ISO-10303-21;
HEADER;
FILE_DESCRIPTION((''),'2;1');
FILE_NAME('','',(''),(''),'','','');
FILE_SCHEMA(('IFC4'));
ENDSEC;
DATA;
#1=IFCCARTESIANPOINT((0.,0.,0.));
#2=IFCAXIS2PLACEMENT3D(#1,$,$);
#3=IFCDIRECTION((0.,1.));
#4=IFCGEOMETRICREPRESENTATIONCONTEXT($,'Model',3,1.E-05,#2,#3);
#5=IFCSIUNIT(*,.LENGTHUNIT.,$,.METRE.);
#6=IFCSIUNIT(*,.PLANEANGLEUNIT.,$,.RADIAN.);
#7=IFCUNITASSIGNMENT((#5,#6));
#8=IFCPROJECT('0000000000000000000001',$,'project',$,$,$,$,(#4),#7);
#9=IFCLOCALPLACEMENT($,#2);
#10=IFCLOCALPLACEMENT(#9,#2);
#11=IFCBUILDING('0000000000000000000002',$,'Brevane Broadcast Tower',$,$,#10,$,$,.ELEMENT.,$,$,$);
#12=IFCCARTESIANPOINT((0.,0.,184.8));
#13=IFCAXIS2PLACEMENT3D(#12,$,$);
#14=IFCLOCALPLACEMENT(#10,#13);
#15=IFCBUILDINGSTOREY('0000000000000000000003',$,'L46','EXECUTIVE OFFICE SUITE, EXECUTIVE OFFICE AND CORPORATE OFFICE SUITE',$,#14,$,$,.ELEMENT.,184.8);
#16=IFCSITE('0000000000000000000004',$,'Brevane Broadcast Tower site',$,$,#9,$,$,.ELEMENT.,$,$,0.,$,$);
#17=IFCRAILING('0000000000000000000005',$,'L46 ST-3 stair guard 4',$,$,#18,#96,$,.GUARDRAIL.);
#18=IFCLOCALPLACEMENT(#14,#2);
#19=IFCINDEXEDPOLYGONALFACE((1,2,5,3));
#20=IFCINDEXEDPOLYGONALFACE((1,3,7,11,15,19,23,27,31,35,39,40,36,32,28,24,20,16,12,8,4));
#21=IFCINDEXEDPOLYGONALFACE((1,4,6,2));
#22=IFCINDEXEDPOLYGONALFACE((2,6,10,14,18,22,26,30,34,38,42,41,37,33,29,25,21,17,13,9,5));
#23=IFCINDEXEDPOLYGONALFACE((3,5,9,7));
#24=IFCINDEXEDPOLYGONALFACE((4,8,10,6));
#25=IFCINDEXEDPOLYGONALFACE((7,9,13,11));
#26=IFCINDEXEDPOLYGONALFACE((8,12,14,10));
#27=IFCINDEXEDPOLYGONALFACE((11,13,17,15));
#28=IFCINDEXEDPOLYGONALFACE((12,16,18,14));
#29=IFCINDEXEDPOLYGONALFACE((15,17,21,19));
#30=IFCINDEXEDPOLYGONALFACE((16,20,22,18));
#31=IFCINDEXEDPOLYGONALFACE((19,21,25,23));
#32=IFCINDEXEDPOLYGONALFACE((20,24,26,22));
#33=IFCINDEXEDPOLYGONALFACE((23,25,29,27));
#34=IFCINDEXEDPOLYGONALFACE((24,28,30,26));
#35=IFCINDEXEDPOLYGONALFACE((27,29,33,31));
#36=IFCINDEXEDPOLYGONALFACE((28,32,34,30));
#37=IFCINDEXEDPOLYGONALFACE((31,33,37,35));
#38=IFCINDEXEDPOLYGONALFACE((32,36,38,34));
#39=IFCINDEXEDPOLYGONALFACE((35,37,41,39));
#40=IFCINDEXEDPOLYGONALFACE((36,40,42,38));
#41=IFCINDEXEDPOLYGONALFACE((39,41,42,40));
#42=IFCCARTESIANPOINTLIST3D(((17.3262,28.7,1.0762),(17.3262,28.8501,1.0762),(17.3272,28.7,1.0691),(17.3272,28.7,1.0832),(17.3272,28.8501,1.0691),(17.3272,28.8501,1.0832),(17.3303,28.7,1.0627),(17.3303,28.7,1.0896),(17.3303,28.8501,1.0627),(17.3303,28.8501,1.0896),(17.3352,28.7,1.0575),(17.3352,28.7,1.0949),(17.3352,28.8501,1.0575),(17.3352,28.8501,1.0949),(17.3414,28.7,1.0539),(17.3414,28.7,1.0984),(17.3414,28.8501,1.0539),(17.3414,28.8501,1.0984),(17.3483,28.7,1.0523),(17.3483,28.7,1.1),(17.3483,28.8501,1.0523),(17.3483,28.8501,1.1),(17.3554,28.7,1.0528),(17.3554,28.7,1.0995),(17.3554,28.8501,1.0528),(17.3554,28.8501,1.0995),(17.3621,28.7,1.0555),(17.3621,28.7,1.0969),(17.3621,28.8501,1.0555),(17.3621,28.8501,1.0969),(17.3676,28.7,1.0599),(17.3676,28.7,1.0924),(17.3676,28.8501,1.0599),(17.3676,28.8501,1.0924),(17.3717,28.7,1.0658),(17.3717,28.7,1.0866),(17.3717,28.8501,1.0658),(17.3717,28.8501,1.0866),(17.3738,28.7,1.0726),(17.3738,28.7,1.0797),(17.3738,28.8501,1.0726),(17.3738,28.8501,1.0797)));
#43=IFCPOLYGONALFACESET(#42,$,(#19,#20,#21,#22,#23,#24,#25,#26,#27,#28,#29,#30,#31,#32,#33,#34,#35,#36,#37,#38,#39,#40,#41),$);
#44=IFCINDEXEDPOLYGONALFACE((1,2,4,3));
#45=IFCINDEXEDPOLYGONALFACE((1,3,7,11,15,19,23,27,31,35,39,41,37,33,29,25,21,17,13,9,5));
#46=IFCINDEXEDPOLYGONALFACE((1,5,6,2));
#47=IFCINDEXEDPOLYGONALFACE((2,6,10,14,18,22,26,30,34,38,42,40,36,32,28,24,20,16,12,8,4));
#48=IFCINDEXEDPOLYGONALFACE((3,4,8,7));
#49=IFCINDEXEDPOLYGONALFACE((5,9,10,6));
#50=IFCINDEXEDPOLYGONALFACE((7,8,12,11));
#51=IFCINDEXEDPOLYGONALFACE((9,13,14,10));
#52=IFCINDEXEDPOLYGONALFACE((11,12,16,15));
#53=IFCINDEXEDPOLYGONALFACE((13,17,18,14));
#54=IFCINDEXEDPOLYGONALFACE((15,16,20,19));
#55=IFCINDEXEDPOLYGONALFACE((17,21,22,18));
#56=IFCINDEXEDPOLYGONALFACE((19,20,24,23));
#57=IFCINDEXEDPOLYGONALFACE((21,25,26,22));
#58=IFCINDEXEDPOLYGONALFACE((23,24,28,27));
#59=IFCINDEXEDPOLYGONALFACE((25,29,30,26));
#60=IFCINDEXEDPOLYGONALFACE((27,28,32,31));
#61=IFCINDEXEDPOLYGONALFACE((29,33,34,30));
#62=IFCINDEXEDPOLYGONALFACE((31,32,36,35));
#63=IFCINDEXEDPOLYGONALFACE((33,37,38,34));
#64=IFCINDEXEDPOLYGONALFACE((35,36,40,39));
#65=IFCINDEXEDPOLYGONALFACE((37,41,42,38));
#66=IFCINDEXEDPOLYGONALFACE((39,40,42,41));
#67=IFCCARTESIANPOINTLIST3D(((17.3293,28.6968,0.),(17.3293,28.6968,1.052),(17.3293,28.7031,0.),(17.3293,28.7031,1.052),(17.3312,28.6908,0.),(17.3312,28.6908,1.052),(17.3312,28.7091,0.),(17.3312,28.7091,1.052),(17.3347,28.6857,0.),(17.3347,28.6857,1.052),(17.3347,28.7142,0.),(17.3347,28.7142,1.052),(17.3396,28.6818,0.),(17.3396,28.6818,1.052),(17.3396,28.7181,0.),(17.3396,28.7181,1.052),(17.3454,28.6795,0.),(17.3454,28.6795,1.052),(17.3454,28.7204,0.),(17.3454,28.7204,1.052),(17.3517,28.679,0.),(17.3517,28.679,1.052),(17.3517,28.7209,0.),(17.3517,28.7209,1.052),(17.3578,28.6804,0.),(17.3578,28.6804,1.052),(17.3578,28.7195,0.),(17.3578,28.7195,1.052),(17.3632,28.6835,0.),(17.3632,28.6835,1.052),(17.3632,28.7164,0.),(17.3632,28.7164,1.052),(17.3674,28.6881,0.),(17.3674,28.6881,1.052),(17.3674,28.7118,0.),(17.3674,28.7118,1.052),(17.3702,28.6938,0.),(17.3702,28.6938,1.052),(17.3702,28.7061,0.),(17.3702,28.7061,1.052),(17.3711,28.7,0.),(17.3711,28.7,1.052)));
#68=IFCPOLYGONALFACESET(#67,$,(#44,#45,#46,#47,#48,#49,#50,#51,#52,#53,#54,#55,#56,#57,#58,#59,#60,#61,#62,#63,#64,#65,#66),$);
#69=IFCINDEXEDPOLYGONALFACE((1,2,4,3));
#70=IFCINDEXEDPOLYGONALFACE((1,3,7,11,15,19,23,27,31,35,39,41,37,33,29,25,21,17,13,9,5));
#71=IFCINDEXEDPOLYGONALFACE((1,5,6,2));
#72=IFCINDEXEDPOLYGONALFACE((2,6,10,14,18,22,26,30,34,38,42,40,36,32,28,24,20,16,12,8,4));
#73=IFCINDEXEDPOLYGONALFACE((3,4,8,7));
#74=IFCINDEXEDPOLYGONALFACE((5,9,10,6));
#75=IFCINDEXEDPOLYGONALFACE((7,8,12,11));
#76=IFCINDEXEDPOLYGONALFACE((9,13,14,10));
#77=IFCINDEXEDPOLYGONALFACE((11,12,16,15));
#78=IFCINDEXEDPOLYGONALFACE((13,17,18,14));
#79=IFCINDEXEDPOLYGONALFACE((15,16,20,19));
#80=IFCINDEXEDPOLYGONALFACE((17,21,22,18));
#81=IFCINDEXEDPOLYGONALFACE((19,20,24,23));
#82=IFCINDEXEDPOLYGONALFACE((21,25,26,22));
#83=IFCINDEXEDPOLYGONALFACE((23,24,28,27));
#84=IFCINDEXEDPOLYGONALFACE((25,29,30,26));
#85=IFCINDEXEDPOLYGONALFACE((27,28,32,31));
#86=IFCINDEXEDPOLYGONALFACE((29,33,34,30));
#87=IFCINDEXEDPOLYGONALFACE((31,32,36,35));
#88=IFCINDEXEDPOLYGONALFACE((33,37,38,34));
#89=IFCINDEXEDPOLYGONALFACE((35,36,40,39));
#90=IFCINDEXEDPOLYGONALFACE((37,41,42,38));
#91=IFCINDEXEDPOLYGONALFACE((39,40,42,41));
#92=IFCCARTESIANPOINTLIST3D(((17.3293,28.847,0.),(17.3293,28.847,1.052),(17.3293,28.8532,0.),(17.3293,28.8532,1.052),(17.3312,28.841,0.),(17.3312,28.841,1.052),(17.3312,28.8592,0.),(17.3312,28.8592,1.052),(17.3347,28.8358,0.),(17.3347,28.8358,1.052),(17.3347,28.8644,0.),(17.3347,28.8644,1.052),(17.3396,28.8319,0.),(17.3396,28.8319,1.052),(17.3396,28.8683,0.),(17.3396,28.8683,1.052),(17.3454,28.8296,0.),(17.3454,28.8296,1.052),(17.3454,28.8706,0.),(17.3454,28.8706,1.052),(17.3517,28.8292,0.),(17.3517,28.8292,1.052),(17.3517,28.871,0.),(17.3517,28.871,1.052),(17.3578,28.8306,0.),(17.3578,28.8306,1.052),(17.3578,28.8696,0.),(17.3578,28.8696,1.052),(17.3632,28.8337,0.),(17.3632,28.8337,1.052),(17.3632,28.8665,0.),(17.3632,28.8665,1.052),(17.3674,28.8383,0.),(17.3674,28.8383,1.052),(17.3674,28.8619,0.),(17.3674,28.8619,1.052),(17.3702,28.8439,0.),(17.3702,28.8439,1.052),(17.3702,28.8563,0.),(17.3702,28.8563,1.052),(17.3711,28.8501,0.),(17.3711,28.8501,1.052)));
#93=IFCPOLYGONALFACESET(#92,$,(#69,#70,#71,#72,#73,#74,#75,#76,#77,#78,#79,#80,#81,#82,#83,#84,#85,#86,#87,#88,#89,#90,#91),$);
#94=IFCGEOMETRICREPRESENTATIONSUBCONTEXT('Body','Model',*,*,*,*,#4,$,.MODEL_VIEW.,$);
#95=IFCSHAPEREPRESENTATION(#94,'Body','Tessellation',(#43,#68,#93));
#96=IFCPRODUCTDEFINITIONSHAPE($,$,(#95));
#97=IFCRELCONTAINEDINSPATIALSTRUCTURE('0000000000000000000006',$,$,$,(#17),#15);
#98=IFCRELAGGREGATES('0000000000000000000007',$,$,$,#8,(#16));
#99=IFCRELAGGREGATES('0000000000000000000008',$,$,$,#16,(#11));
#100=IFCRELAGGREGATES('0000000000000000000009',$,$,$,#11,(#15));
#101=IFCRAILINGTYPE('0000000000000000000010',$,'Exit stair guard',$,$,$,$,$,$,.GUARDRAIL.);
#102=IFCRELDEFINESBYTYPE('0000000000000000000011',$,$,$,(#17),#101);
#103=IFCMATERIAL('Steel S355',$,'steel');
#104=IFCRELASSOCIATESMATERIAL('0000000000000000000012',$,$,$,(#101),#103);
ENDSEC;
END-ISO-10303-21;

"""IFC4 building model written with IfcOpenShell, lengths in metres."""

from ifc_helpers import new_model, si_unit, direction, frame, origin, origin_2d, place, context, subcontext, project, spatial, circle, extrude, material, type_object, element, save


model = new_model("IFC4")

# Units and contexts
model_context = context("Model", 3, precision=1e-05, world=origin(), true_north=direction((0.0, 1.0)))
body_context = subcontext(model_context, "Body", "Model", "MODEL_VIEW")
ifc_project = project(units=[si_unit("LENGTHUNIT", "METRE"), si_unit("PLANEANGLEUNIT", "RADIAN")], contexts=[model_context])

# Site, building, storey
site_placement = place(None, origin())
site = spatial("IfcSite", under=ifc_project, at=site_placement, Name="Brevane Broadcast Tower site", CompositionType="ELEMENT", RefElevation=0.0)
building_placement = place(site_placement, origin())
building = spatial("IfcBuilding", under=site, at=building_placement, Name="Brevane Broadcast Tower", CompositionType="ELEMENT")
storey_placement = place(building_placement, frame((0.0, 0.0, 184.8)))
storey = spatial("IfcBuildingStorey", under=building, at=storey_placement, Name="L46", Description="EXECUTIVE OFFICE SUITE, EXECUTIVE OFFICE AND CORPORATE OFFICE SUITE", CompositionType="ELEMENT", Elevation=184.8)

# Railing
ifc_material_1 = material(Name="Steel S355", Category="steel")
railing_type_1 = type_object("IfcRailingType", Name="Exit stair guard", PredefinedType="GUARDRAIL", material=ifc_material_1)
railing_1_placement = place(storey_placement, frame((17.3501, 28.7, 0.0)))
element("IfcRailing", 1, at=railing_1_placement, inside=storey, type_object=railing_type_1, Name="L46 ST-3 stair guard 4", PredefinedType="GUARDRAIL", context=body_context, shape_type="SweptSolid", body=[
    extrude(circle(Radius=0.0239, at=origin_2d()), frame((0.0, 0.0, 1.0762), z_axis=(0.0, 1.0, 0.0), x_axis=(-1.0, 0.0, 0.0)), (0.0, 0.0, 1.0), 0.1501),
    extrude(circle(Radius=0.021, at=origin_2d()), origin(), (0.0, 0.0, 1.0), 1.052),
    extrude(circle(Radius=0.021, at=origin_2d()), frame((0.0, 0.1501, 0.0)), (0.0, 0.0, 1.0), 1.052),
])

save(model, "model.ifc")
